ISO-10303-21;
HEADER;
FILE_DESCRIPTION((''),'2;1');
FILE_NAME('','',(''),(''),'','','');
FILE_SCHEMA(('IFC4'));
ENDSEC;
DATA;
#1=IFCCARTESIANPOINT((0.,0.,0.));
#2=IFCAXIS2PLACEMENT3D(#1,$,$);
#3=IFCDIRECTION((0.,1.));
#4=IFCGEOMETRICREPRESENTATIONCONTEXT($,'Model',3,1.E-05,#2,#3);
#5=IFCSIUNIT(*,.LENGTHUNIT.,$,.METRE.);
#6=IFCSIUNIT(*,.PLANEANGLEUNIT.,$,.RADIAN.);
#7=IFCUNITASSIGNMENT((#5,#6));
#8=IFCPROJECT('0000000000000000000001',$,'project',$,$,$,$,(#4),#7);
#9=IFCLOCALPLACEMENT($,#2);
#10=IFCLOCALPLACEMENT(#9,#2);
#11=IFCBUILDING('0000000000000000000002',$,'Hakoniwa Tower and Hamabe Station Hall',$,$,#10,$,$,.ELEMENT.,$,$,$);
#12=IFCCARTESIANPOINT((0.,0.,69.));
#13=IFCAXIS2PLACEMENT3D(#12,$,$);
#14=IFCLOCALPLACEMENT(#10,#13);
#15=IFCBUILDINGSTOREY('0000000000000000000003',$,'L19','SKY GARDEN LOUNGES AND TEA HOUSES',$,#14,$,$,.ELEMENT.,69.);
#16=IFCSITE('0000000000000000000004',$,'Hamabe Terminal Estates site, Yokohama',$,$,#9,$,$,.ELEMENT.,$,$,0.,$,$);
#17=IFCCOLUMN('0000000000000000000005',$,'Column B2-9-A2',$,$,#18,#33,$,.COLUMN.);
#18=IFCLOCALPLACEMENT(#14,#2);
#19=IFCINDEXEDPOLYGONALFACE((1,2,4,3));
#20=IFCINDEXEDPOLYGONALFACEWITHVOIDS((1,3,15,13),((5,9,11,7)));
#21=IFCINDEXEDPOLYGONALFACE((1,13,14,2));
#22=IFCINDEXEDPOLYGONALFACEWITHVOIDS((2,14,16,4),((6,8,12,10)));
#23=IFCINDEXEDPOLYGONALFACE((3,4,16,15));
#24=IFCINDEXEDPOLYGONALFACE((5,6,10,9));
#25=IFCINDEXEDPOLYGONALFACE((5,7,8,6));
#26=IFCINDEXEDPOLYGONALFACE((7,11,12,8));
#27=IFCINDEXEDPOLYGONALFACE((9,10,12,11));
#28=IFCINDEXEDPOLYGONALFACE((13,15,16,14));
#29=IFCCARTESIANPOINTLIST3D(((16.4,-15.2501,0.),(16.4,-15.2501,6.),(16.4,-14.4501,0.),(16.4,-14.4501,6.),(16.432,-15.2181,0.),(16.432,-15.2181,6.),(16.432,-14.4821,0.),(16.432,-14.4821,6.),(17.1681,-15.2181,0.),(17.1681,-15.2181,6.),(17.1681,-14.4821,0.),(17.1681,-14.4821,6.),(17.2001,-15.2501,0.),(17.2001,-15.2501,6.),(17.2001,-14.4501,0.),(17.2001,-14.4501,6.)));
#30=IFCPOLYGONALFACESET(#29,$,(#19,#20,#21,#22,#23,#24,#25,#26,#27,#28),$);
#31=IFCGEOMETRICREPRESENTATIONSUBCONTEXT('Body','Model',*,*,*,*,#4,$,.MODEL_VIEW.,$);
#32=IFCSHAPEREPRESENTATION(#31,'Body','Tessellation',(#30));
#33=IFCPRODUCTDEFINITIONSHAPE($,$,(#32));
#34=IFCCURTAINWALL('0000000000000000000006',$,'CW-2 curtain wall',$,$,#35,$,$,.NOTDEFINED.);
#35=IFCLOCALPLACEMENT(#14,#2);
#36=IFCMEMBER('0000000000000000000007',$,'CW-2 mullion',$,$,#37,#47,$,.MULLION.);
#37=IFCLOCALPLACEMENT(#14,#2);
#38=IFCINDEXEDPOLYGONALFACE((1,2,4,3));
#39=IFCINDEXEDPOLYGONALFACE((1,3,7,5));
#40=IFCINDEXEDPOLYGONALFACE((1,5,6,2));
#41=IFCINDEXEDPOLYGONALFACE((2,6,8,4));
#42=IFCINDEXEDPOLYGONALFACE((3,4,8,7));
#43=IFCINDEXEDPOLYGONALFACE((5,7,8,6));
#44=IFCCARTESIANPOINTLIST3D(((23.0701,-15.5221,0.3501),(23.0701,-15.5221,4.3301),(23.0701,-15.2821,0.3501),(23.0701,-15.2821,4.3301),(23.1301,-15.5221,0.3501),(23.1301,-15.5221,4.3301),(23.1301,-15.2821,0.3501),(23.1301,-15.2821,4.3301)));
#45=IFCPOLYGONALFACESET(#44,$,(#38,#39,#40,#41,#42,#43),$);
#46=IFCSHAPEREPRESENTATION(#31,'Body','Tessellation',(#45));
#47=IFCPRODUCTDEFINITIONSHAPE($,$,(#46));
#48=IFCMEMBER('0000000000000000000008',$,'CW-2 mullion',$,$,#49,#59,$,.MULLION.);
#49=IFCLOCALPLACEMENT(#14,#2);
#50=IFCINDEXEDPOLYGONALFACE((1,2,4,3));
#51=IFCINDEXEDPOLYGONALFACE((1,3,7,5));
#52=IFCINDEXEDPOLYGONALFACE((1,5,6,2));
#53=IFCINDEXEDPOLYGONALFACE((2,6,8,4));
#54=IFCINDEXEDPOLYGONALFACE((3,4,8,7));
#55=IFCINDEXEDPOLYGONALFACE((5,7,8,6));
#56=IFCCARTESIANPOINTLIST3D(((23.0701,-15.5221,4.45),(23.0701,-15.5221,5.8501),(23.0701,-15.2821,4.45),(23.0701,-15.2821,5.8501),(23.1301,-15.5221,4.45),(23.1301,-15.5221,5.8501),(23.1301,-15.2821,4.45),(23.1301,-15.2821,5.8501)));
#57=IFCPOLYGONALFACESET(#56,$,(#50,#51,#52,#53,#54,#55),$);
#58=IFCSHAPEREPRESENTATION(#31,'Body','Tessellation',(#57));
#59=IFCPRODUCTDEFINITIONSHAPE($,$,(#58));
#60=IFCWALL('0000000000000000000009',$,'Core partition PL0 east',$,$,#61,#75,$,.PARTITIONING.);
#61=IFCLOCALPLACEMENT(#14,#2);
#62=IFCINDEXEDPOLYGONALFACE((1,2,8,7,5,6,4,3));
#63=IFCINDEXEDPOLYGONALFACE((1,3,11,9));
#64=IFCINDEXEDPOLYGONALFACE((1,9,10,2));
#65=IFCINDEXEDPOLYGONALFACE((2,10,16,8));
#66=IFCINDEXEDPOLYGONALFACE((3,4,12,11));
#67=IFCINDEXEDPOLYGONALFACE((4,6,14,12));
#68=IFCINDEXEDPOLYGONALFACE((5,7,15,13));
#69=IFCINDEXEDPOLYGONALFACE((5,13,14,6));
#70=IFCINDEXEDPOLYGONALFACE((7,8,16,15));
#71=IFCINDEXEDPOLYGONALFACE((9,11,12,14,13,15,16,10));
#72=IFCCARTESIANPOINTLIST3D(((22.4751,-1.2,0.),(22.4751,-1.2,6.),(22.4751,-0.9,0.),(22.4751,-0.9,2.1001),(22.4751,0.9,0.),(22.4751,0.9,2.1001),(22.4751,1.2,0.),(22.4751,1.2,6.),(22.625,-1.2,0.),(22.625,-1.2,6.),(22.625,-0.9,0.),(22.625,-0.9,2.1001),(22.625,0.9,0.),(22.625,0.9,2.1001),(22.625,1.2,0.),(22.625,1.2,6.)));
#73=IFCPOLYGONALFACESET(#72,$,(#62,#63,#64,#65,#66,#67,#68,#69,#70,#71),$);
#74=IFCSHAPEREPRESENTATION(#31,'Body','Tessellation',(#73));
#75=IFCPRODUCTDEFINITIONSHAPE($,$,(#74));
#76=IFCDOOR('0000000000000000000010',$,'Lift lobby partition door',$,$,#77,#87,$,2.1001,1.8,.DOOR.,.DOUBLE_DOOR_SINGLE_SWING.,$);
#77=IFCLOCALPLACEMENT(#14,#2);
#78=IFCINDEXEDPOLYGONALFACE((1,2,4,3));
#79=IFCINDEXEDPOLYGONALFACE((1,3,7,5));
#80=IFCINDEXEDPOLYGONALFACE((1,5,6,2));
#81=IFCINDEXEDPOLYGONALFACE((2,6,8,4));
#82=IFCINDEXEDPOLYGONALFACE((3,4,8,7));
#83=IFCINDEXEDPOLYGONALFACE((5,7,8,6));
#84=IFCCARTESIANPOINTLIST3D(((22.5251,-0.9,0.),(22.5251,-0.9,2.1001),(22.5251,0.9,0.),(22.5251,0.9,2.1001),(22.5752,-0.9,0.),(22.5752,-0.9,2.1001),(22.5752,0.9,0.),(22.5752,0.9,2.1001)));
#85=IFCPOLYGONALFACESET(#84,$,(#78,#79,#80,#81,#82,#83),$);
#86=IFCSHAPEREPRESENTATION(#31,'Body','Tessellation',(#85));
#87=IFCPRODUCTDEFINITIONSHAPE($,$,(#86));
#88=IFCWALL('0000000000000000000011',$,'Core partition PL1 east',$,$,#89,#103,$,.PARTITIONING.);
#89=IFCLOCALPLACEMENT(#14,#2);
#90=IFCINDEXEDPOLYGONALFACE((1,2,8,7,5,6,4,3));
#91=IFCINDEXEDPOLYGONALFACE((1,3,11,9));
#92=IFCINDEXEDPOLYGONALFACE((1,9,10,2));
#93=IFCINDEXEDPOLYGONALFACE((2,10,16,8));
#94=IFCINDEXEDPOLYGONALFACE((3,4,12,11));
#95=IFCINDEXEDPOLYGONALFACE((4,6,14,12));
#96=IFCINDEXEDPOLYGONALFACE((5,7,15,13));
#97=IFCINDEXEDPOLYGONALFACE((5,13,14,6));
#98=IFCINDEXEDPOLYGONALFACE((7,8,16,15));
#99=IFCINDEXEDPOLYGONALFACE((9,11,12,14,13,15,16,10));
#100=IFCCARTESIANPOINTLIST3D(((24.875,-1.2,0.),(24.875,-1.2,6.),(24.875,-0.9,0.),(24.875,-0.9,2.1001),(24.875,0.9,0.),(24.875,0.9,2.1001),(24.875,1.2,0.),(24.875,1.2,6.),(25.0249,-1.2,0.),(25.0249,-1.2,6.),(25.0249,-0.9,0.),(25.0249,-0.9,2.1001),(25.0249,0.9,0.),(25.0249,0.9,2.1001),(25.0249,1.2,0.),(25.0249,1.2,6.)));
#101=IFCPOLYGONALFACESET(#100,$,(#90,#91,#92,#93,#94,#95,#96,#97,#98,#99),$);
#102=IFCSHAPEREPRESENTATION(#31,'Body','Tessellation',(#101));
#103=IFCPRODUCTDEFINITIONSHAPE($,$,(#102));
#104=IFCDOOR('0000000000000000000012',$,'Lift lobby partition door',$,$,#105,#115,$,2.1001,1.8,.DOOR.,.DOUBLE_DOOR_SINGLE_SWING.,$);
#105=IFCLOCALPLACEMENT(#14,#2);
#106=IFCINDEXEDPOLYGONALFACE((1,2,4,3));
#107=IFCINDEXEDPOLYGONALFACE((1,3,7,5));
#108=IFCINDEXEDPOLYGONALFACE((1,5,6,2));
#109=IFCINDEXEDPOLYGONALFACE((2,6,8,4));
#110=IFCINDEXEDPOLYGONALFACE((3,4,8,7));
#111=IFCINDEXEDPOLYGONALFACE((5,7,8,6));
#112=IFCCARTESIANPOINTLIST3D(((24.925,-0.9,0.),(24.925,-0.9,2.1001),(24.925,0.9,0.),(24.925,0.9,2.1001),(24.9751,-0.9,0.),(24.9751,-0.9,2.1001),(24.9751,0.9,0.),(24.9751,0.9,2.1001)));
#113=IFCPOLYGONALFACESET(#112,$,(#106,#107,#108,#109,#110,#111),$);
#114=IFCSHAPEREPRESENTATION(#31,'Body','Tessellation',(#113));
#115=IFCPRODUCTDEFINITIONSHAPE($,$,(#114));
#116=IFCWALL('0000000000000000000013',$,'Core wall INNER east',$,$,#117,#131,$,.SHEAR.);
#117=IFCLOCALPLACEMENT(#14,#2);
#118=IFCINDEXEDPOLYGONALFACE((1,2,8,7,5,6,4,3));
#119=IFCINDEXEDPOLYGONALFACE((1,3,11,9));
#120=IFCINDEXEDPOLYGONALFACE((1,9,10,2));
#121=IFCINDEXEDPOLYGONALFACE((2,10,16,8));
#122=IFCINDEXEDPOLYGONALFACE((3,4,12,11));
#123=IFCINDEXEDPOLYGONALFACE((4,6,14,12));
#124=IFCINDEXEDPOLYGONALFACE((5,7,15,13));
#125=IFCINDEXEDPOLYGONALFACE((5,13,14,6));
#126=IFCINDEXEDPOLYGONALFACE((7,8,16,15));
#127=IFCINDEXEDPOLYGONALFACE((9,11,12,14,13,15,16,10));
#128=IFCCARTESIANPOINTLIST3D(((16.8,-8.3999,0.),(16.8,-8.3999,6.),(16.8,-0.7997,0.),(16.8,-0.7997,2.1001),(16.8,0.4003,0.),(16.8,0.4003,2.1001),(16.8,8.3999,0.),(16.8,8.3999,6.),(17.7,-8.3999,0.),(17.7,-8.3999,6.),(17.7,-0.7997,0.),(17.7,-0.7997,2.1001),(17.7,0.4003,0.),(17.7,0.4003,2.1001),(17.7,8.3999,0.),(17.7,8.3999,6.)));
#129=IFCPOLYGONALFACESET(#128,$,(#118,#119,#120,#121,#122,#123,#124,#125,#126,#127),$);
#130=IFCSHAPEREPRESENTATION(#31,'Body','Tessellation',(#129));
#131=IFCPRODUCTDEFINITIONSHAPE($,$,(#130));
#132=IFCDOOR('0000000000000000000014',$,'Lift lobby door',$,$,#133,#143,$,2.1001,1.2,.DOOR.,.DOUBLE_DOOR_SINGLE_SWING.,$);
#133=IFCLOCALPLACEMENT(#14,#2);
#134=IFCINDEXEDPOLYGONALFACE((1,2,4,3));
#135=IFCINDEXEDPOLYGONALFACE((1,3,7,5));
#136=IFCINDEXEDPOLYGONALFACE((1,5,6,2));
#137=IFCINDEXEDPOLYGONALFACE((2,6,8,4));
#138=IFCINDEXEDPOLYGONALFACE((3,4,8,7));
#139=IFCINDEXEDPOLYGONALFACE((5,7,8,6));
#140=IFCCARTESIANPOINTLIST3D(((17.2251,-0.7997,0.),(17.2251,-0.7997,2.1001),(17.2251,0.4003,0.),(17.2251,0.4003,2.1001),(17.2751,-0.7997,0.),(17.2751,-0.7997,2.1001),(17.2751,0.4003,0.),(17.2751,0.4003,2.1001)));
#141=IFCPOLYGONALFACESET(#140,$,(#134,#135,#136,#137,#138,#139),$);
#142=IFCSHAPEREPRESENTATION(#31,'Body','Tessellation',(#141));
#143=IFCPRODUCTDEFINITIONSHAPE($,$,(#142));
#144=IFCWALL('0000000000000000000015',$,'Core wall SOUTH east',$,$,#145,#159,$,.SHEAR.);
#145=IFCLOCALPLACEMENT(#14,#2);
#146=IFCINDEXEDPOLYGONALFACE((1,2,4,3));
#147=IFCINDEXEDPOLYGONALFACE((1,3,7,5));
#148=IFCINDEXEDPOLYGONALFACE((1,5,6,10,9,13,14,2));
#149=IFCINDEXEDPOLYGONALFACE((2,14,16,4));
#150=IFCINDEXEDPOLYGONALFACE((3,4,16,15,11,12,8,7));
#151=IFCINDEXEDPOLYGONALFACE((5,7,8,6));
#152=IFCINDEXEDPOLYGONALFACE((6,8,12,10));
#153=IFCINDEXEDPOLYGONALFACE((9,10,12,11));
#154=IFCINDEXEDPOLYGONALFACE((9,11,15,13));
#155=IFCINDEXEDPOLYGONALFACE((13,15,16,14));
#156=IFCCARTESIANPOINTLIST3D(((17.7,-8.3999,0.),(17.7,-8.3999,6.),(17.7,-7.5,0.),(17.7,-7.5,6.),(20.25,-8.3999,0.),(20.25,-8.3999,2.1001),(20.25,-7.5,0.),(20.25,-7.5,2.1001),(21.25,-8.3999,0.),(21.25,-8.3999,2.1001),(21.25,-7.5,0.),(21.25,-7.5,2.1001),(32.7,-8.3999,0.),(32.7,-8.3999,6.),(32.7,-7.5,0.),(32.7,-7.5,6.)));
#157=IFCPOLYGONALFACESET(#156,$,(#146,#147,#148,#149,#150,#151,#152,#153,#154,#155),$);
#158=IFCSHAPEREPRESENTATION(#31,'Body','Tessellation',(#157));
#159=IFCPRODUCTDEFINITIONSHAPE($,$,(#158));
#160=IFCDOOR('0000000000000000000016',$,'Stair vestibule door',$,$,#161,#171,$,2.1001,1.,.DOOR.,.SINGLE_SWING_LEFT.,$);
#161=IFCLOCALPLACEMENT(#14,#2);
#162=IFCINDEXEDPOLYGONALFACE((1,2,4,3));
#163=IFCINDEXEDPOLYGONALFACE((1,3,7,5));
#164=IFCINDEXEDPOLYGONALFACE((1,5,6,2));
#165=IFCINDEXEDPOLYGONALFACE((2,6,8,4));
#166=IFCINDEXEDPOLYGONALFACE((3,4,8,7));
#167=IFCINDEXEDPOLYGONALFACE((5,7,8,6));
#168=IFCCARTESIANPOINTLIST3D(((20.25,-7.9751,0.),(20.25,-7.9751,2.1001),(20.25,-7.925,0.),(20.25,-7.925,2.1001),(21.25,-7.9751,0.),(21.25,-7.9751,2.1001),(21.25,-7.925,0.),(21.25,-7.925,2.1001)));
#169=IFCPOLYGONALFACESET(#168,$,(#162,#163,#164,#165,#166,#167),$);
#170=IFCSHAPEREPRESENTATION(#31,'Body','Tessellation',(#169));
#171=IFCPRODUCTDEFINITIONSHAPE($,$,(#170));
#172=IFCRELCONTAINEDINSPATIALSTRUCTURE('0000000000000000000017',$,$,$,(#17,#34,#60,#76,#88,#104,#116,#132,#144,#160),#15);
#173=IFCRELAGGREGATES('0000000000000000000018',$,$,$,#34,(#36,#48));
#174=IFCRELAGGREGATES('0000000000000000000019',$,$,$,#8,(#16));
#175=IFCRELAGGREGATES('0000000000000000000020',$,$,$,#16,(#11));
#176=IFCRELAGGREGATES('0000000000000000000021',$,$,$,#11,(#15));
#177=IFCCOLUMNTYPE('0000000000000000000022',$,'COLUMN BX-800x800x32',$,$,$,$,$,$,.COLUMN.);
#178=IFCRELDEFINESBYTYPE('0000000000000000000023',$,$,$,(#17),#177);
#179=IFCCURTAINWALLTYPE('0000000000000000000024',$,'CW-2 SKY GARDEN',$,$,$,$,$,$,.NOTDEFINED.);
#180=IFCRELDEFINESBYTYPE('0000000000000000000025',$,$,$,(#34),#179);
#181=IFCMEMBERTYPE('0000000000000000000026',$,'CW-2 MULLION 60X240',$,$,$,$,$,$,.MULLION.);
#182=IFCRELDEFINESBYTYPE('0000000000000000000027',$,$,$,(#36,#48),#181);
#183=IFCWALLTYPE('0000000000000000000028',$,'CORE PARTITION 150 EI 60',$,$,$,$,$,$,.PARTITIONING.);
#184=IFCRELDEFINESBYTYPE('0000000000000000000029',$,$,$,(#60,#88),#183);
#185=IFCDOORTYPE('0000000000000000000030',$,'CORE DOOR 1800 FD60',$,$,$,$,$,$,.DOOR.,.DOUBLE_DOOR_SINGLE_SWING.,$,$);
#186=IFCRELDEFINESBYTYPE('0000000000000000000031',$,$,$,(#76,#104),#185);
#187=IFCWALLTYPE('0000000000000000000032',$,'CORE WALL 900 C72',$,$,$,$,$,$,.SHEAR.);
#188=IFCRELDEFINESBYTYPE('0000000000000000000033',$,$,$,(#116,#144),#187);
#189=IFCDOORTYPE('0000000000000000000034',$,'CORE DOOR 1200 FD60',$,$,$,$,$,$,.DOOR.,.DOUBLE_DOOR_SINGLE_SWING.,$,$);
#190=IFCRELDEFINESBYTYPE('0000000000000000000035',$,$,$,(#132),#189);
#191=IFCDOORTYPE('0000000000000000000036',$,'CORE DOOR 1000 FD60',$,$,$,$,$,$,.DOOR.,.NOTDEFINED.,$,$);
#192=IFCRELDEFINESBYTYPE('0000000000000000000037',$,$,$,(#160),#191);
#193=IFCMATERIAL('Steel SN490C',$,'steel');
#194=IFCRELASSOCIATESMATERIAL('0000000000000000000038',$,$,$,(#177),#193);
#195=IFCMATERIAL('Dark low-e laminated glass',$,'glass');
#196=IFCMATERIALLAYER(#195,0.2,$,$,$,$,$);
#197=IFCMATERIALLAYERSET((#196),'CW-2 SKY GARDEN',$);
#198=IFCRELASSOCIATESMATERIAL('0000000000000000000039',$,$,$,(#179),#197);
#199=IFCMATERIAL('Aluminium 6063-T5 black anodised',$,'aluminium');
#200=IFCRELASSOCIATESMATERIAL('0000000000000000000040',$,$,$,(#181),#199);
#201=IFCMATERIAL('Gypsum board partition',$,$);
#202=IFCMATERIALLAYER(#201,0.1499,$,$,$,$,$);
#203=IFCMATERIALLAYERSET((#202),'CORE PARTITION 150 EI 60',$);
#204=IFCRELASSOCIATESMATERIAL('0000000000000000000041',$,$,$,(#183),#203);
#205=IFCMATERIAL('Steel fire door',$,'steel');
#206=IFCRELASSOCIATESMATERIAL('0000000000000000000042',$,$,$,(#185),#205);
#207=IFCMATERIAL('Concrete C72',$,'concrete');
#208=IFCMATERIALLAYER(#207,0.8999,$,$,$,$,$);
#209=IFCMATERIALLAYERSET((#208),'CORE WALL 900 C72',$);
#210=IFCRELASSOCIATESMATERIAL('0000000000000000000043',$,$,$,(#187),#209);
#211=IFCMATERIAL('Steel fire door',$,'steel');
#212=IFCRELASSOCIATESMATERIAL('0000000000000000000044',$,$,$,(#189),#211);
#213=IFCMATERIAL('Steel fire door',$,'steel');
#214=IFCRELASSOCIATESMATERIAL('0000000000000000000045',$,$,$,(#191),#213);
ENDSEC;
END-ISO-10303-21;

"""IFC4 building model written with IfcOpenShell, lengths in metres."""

from ifc_helpers import new_model, si_unit, direction, frame, frame_2d, origin, origin_2d, place, context, subcontext, project, spatial, rectangle, hollow_rectangle, extrude, material, layer, layer_set, material_profile, profile_set, type_object, element, fill, aggregate, save


model = new_model("IFC4")

# Units and contexts
model_context = context("Model", 3, precision=1e-05, world=origin(), true_north=direction((0.0, 1.0)))
body_context = subcontext(model_context, "Body", "Model", "MODEL_VIEW")
ifc_project = project(units=[si_unit("LENGTHUNIT", "METRE"), si_unit("PLANEANGLEUNIT", "RADIAN")], contexts=[model_context])

# Site, building, storey
site_placement = place(None, origin())
site = spatial("IfcSite", under=ifc_project, at=site_placement, Name="Hamabe Terminal Estates site, Yokohama", CompositionType="ELEMENT", RefElevation=0.0)
building_placement = place(site_placement, origin())
building = spatial("IfcBuilding", under=site, at=building_placement, Name="Hakoniwa Tower and Hamabe Station Hall", CompositionType="ELEMENT")
storey_placement = place(building_placement, frame((0.0, 0.0, 69.0)))
storey = spatial("IfcBuildingStorey", under=building, at=storey_placement, Name="L19", Description="SKY GARDEN LOUNGES AND TEA HOUSES", CompositionType="ELEMENT", Elevation=69.0)

# Column
ifc_material_1 = material(Name="Steel SN490C", Category="steel")
ifc_material_profile_1 = material_profile(ifc_material_1, hollow_rectangle(XDim=0.8, YDim=0.8, WallThickness=0.032, at=origin_2d()), Name="BX-800x800x32")
ifc_profile_set_1 = profile_set([ifc_material_profile_1], Name="Steel SN490C")
column_type = type_object("IfcColumnType", Name="COLUMN BX-800x800x32", PredefinedType="COLUMN", material=ifc_profile_set_1)
column_placement = place(storey_placement, frame((16.8, -14.8501, 0.0), z_axis=(0.0, 0.0, 1.0), x_axis=(1.0, 0.0, 0.0)))
element("IfcColumn", 1, at=column_placement, inside=storey, type_object=column_type, Name="Column B2-9-A2", PredefinedType="COLUMN", context=body_context, shape_type="SweptSolid", body=[
    extrude(hollow_rectangle(XDim=0.8, YDim=0.8, WallThickness=0.032, at=origin_2d()), origin(), (0.0, 0.0, 1.0), 6.0),
])

# Curtain wall, members
ifc_material_2 = material(Name="Dark low-e laminated glass", Category="glass")
ifc_layer_1 = layer(ifc_material_2, 0.2)
ifc_layer_set_1 = layer_set([ifc_layer_1], Name="CW-2 SKY GARDEN")
curtain_wall_type = type_object("IfcCurtainWallType", Name="CW-2 SKY GARDEN", PredefinedType="NOTDEFINED", material=ifc_layer_set_1)
curtain_wall_placement = place(storey_placement, origin())
curtain_wall = element("IfcCurtainWall", 2, at=curtain_wall_placement, inside=storey, type_object=curtain_wall_type, Name="CW-2 curtain wall", PredefinedType="NOTDEFINED")
ifc_material_3 = material(Name="Aluminium 6063-T5 black anodised", Category="aluminium")
ifc_material_profile_2 = material_profile(ifc_material_3, rectangle(XDim=0.0601, YDim=0.24, at=origin_2d()), Name="CW-2 MULLION 60X240")
ifc_profile_set_2 = profile_set([ifc_material_profile_2], Name="Aluminium 6063-T5 black anodised")
member_type = type_object("IfcMemberType", Name="CW-2 MULLION 60X240", PredefinedType="MULLION", material=ifc_profile_set_2)
member_1_placement = place(storey_placement, frame((23.1001, -15.4021, 0.3501), z_axis=(0.0, 0.0, 1.0), x_axis=(1.0, 0.0, 0.0)))
member_1 = element("IfcMember", 3, at=member_1_placement, type_object=member_type, Name="CW-2 mullion", PredefinedType="MULLION", context=body_context, shape_type="SweptSolid", body=[
    extrude(rectangle(XDim=0.0601, YDim=0.24, at=origin_2d()), origin(), (0.0, 0.0, 1.0), 3.98),
])
member_2_placement = place(storey_placement, frame((23.1001, -15.4021, 4.45), z_axis=(0.0, 0.0, 1.0), x_axis=(1.0, 0.0, 0.0)))
member_2 = element("IfcMember", 4, at=member_2_placement, type_object=member_type, Name="CW-2 mullion", PredefinedType="MULLION", context=body_context, shape_type="SweptSolid", body=[
    extrude(rectangle(XDim=0.0601, YDim=0.24, at=origin_2d()), origin(), (0.0, 0.0, 1.0), 1.4001),
])
aggregate(curtain_wall, [member_1, member_2])

# Walls, openings, doors
ifc_material_4 = material(Name="Gypsum board partition")
ifc_layer_2 = layer(ifc_material_4, 0.1499)
ifc_layer_set_2 = layer_set([ifc_layer_2], Name="CORE PARTITION 150 EI 60")
wall_type_1 = type_object("IfcWallType", Name="CORE PARTITION 150 EI 60", PredefinedType="PARTITIONING", material=ifc_layer_set_2)
wall_1_placement = place(storey_placement, frame((22.55, -1.2, 0.0), z_axis=(0.0, 0.0, 1.0), x_axis=(0.0, 1.0, 0.0)))
wall_1 = element("IfcWall", 5, at=wall_1_placement, inside=storey, type_object=wall_type_1, Name="Core partition PL0 east", PredefinedType="PARTITIONING", context=body_context, shape_type="SweptSolid", body=[
    extrude(rectangle(XDim=2.3999, YDim=0.1499, at=frame_2d((1.2, 0.0))), origin(), (0.0, 0.0, 1.0), 6.0),
])
opening_1_placement = place(wall_1_placement, frame((0.3, 0.0, 0.0)))
opening_1 = element("IfcOpeningElement", 6, at=opening_1_placement, cuts=wall_1, PredefinedType="OPENING", context=body_context, shape_type="SweptSolid", body=[
    extrude(rectangle(XDim=1.8, YDim=2.1001, at=frame_2d((0.8999, 1.05))), frame((0.0, 0.085, 0.0), z_axis=(0.0, -1.0, 0.0), x_axis=(1.0, 0.0, 0.0)), (0.0, 0.0, 1.0), 0.1699),
])
ifc_material_5 = material(Name="Steel fire door", Category="steel")
door_type_1 = type_object("IfcDoorType", Name="CORE DOOR 1800 FD60", OperationType="DOUBLE_DOOR_SINGLE_SWING", PredefinedType="DOOR", material=ifc_material_5)
door_1_placement = place(opening_1_placement, origin())
door_1 = element("IfcDoor", 7, at=door_1_placement, inside=storey, type_object=door_type_1, Name="Lift lobby partition door", OperationType="DOUBLE_DOOR_SINGLE_SWING", OverallHeight=2.1001, OverallWidth=1.8, PredefinedType="DOOR", context=body_context, shape_type="SweptSolid", body=[
    extrude(rectangle(XDim=1.8, YDim=2.1001, at=frame_2d((0.8999, 1.05))), frame((0.0, 0.0249, 0.0), z_axis=(0.0, -1.0, 0.0), x_axis=(1.0, 0.0, 0.0)), (0.0, 0.0, 1.0), 0.05),
])
fill(opening_1, door_1)
wall_2_placement = place(storey_placement, frame((24.95, -1.2, 0.0), z_axis=(0.0, 0.0, 1.0), x_axis=(0.0, 1.0, 0.0)))
wall_2 = element("IfcWall", 8, at=wall_2_placement, inside=storey, type_object=wall_type_1, Name="Core partition PL1 east", PredefinedType="PARTITIONING", context=body_context, shape_type="SweptSolid", body=[
    extrude(rectangle(XDim=2.3999, YDim=0.1499, at=frame_2d((1.2, 0.0))), origin(), (0.0, 0.0, 1.0), 6.0),
])
opening_2_placement = place(wall_2_placement, frame((0.3, 0.0, 0.0)))
opening_2 = element("IfcOpeningElement", 9, at=opening_2_placement, cuts=wall_2, PredefinedType="OPENING", context=body_context, shape_type="SweptSolid", body=[
    extrude(rectangle(XDim=1.8, YDim=2.1001, at=frame_2d((0.8999, 1.05))), frame((0.0, 0.085, 0.0), z_axis=(0.0, -1.0, 0.0), x_axis=(1.0, 0.0, 0.0)), (0.0, 0.0, 1.0), 0.1699),
])
door_2_placement = place(opening_2_placement, origin())
door_2 = element("IfcDoor", 10, at=door_2_placement, inside=storey, type_object=door_type_1, Name="Lift lobby partition door", OperationType="DOUBLE_DOOR_SINGLE_SWING", OverallHeight=2.1001, OverallWidth=1.8, PredefinedType="DOOR", context=body_context, shape_type="SweptSolid", body=[
    extrude(rectangle(XDim=1.8, YDim=2.1001, at=frame_2d((0.8999, 1.05))), frame((0.0, 0.0249, 0.0), z_axis=(0.0, -1.0, 0.0), x_axis=(1.0, 0.0, 0.0)), (0.0, 0.0, 1.0), 0.05),
])
fill(opening_2, door_2)
ifc_material_6 = material(Name="Concrete C72", Category="concrete")
ifc_layer_3 = layer(ifc_material_6, 0.8999)
ifc_layer_set_3 = layer_set([ifc_layer_3], Name="CORE WALL 900 C72")
wall_type_2 = type_object("IfcWallType", Name="CORE WALL 900 C72", PredefinedType="SHEAR", material=ifc_layer_set_3)
wall_3_placement = place(storey_placement, frame((17.25, -8.3999, 0.0), z_axis=(0.0, 0.0, 1.0), x_axis=(0.0, 1.0, 0.0)))
wall_3 = element("IfcWall", 11, at=wall_3_placement, inside=storey, type_object=wall_type_2, Name="Core wall INNER east", PredefinedType="SHEAR", context=body_context, shape_type="SweptSolid", body=[
    extrude(rectangle(XDim=16.7998, YDim=0.8999, at=frame_2d((8.3999, 0.0))), origin(), (0.0, 0.0, 1.0), 6.0),
])
opening_3_placement = place(wall_3_placement, frame((7.6001, 0.0, 0.0)))
opening_3 = element("IfcOpeningElement", 12, at=opening_3_placement, cuts=wall_3, PredefinedType="OPENING", context=body_context, shape_type="SweptSolid", body=[
    extrude(rectangle(XDim=1.2, YDim=2.1001, at=frame_2d((0.6001, 1.05))), frame((0.0, 0.46, 0.0), z_axis=(0.0, -1.0, 0.0), x_axis=(1.0, 0.0, 0.0)), (0.0, 0.0, 1.0), 0.9199),
])
ifc_material_7 = material(Name="Steel fire door", Category="steel")
door_type_2 = type_object("IfcDoorType", Name="CORE DOOR 1200 FD60", OperationType="DOUBLE_DOOR_SINGLE_SWING", PredefinedType="DOOR", material=ifc_material_7)
door_3_placement = place(opening_3_placement, origin())
door_3 = element("IfcDoor", 13, at=door_3_placement, inside=storey, type_object=door_type_2, Name="Lift lobby door", OperationType="DOUBLE_DOOR_SINGLE_SWING", OverallHeight=2.1001, OverallWidth=1.2, PredefinedType="DOOR", context=body_context, shape_type="SweptSolid", body=[
    extrude(rectangle(XDim=1.2, YDim=2.1001, at=frame_2d((0.6001, 1.05))), frame((0.0, 0.0249, 0.0), z_axis=(0.0, -1.0, 0.0), x_axis=(1.0, 0.0, 0.0)), (0.0, 0.0, 1.0), 0.05),
])
fill(opening_3, door_3)
wall_4_placement = place(storey_placement, frame((17.7, -7.95, 0.0), z_axis=(0.0, 0.0, 1.0), x_axis=(1.0, 0.0, 0.0)))
wall_4 = element("IfcWall", 14, at=wall_4_placement, inside=storey, type_object=wall_type_2, Name="Core wall SOUTH east", PredefinedType="SHEAR", context=body_context, shape_type="SweptSolid", body=[
    extrude(rectangle(XDim=15.0, YDim=0.8999, at=frame_2d((7.5, 0.0))), origin(), (0.0, 0.0, 1.0), 6.0),
])
opening_4_placement = place(wall_4_placement, frame((2.55, 0.0, 0.0)))
opening_4 = element("IfcOpeningElement", 15, at=opening_4_placement, cuts=wall_4, PredefinedType="OPENING", context=body_context, shape_type="SweptSolid", body=[
    extrude(rectangle(XDim=1.0, YDim=2.1001, at=frame_2d((0.5, 1.05))), frame((0.0, 0.46, 0.0), z_axis=(0.0, -1.0, 0.0), x_axis=(1.0, 0.0, 0.0)), (0.0, 0.0, 1.0), 0.9199),
])
ifc_material_8 = material(Name="Steel fire door", Category="steel")
door_type_3 = type_object("IfcDoorType", Name="CORE DOOR 1000 FD60", OperationType="NOTDEFINED", PredefinedType="DOOR", material=ifc_material_8)
door_4_placement = place(opening_4_placement, origin())
door_4 = element("IfcDoor", 16, at=door_4_placement, inside=storey, type_object=door_type_3, Name="Stair vestibule door", OperationType="SINGLE_SWING_LEFT", OverallHeight=2.1001, OverallWidth=1.0, PredefinedType="DOOR", context=body_context, shape_type="SweptSolid", body=[
    extrude(rectangle(XDim=1.0, YDim=2.1001, at=frame_2d((0.5, 1.05))), frame((0.0, 0.0249, 0.0), z_axis=(0.0, -1.0, 0.0), x_axis=(1.0, 0.0, 0.0)), (0.0, 0.0, 1.0), 0.05),
])
fill(opening_4, door_4)

save(model, "model.ifc")
